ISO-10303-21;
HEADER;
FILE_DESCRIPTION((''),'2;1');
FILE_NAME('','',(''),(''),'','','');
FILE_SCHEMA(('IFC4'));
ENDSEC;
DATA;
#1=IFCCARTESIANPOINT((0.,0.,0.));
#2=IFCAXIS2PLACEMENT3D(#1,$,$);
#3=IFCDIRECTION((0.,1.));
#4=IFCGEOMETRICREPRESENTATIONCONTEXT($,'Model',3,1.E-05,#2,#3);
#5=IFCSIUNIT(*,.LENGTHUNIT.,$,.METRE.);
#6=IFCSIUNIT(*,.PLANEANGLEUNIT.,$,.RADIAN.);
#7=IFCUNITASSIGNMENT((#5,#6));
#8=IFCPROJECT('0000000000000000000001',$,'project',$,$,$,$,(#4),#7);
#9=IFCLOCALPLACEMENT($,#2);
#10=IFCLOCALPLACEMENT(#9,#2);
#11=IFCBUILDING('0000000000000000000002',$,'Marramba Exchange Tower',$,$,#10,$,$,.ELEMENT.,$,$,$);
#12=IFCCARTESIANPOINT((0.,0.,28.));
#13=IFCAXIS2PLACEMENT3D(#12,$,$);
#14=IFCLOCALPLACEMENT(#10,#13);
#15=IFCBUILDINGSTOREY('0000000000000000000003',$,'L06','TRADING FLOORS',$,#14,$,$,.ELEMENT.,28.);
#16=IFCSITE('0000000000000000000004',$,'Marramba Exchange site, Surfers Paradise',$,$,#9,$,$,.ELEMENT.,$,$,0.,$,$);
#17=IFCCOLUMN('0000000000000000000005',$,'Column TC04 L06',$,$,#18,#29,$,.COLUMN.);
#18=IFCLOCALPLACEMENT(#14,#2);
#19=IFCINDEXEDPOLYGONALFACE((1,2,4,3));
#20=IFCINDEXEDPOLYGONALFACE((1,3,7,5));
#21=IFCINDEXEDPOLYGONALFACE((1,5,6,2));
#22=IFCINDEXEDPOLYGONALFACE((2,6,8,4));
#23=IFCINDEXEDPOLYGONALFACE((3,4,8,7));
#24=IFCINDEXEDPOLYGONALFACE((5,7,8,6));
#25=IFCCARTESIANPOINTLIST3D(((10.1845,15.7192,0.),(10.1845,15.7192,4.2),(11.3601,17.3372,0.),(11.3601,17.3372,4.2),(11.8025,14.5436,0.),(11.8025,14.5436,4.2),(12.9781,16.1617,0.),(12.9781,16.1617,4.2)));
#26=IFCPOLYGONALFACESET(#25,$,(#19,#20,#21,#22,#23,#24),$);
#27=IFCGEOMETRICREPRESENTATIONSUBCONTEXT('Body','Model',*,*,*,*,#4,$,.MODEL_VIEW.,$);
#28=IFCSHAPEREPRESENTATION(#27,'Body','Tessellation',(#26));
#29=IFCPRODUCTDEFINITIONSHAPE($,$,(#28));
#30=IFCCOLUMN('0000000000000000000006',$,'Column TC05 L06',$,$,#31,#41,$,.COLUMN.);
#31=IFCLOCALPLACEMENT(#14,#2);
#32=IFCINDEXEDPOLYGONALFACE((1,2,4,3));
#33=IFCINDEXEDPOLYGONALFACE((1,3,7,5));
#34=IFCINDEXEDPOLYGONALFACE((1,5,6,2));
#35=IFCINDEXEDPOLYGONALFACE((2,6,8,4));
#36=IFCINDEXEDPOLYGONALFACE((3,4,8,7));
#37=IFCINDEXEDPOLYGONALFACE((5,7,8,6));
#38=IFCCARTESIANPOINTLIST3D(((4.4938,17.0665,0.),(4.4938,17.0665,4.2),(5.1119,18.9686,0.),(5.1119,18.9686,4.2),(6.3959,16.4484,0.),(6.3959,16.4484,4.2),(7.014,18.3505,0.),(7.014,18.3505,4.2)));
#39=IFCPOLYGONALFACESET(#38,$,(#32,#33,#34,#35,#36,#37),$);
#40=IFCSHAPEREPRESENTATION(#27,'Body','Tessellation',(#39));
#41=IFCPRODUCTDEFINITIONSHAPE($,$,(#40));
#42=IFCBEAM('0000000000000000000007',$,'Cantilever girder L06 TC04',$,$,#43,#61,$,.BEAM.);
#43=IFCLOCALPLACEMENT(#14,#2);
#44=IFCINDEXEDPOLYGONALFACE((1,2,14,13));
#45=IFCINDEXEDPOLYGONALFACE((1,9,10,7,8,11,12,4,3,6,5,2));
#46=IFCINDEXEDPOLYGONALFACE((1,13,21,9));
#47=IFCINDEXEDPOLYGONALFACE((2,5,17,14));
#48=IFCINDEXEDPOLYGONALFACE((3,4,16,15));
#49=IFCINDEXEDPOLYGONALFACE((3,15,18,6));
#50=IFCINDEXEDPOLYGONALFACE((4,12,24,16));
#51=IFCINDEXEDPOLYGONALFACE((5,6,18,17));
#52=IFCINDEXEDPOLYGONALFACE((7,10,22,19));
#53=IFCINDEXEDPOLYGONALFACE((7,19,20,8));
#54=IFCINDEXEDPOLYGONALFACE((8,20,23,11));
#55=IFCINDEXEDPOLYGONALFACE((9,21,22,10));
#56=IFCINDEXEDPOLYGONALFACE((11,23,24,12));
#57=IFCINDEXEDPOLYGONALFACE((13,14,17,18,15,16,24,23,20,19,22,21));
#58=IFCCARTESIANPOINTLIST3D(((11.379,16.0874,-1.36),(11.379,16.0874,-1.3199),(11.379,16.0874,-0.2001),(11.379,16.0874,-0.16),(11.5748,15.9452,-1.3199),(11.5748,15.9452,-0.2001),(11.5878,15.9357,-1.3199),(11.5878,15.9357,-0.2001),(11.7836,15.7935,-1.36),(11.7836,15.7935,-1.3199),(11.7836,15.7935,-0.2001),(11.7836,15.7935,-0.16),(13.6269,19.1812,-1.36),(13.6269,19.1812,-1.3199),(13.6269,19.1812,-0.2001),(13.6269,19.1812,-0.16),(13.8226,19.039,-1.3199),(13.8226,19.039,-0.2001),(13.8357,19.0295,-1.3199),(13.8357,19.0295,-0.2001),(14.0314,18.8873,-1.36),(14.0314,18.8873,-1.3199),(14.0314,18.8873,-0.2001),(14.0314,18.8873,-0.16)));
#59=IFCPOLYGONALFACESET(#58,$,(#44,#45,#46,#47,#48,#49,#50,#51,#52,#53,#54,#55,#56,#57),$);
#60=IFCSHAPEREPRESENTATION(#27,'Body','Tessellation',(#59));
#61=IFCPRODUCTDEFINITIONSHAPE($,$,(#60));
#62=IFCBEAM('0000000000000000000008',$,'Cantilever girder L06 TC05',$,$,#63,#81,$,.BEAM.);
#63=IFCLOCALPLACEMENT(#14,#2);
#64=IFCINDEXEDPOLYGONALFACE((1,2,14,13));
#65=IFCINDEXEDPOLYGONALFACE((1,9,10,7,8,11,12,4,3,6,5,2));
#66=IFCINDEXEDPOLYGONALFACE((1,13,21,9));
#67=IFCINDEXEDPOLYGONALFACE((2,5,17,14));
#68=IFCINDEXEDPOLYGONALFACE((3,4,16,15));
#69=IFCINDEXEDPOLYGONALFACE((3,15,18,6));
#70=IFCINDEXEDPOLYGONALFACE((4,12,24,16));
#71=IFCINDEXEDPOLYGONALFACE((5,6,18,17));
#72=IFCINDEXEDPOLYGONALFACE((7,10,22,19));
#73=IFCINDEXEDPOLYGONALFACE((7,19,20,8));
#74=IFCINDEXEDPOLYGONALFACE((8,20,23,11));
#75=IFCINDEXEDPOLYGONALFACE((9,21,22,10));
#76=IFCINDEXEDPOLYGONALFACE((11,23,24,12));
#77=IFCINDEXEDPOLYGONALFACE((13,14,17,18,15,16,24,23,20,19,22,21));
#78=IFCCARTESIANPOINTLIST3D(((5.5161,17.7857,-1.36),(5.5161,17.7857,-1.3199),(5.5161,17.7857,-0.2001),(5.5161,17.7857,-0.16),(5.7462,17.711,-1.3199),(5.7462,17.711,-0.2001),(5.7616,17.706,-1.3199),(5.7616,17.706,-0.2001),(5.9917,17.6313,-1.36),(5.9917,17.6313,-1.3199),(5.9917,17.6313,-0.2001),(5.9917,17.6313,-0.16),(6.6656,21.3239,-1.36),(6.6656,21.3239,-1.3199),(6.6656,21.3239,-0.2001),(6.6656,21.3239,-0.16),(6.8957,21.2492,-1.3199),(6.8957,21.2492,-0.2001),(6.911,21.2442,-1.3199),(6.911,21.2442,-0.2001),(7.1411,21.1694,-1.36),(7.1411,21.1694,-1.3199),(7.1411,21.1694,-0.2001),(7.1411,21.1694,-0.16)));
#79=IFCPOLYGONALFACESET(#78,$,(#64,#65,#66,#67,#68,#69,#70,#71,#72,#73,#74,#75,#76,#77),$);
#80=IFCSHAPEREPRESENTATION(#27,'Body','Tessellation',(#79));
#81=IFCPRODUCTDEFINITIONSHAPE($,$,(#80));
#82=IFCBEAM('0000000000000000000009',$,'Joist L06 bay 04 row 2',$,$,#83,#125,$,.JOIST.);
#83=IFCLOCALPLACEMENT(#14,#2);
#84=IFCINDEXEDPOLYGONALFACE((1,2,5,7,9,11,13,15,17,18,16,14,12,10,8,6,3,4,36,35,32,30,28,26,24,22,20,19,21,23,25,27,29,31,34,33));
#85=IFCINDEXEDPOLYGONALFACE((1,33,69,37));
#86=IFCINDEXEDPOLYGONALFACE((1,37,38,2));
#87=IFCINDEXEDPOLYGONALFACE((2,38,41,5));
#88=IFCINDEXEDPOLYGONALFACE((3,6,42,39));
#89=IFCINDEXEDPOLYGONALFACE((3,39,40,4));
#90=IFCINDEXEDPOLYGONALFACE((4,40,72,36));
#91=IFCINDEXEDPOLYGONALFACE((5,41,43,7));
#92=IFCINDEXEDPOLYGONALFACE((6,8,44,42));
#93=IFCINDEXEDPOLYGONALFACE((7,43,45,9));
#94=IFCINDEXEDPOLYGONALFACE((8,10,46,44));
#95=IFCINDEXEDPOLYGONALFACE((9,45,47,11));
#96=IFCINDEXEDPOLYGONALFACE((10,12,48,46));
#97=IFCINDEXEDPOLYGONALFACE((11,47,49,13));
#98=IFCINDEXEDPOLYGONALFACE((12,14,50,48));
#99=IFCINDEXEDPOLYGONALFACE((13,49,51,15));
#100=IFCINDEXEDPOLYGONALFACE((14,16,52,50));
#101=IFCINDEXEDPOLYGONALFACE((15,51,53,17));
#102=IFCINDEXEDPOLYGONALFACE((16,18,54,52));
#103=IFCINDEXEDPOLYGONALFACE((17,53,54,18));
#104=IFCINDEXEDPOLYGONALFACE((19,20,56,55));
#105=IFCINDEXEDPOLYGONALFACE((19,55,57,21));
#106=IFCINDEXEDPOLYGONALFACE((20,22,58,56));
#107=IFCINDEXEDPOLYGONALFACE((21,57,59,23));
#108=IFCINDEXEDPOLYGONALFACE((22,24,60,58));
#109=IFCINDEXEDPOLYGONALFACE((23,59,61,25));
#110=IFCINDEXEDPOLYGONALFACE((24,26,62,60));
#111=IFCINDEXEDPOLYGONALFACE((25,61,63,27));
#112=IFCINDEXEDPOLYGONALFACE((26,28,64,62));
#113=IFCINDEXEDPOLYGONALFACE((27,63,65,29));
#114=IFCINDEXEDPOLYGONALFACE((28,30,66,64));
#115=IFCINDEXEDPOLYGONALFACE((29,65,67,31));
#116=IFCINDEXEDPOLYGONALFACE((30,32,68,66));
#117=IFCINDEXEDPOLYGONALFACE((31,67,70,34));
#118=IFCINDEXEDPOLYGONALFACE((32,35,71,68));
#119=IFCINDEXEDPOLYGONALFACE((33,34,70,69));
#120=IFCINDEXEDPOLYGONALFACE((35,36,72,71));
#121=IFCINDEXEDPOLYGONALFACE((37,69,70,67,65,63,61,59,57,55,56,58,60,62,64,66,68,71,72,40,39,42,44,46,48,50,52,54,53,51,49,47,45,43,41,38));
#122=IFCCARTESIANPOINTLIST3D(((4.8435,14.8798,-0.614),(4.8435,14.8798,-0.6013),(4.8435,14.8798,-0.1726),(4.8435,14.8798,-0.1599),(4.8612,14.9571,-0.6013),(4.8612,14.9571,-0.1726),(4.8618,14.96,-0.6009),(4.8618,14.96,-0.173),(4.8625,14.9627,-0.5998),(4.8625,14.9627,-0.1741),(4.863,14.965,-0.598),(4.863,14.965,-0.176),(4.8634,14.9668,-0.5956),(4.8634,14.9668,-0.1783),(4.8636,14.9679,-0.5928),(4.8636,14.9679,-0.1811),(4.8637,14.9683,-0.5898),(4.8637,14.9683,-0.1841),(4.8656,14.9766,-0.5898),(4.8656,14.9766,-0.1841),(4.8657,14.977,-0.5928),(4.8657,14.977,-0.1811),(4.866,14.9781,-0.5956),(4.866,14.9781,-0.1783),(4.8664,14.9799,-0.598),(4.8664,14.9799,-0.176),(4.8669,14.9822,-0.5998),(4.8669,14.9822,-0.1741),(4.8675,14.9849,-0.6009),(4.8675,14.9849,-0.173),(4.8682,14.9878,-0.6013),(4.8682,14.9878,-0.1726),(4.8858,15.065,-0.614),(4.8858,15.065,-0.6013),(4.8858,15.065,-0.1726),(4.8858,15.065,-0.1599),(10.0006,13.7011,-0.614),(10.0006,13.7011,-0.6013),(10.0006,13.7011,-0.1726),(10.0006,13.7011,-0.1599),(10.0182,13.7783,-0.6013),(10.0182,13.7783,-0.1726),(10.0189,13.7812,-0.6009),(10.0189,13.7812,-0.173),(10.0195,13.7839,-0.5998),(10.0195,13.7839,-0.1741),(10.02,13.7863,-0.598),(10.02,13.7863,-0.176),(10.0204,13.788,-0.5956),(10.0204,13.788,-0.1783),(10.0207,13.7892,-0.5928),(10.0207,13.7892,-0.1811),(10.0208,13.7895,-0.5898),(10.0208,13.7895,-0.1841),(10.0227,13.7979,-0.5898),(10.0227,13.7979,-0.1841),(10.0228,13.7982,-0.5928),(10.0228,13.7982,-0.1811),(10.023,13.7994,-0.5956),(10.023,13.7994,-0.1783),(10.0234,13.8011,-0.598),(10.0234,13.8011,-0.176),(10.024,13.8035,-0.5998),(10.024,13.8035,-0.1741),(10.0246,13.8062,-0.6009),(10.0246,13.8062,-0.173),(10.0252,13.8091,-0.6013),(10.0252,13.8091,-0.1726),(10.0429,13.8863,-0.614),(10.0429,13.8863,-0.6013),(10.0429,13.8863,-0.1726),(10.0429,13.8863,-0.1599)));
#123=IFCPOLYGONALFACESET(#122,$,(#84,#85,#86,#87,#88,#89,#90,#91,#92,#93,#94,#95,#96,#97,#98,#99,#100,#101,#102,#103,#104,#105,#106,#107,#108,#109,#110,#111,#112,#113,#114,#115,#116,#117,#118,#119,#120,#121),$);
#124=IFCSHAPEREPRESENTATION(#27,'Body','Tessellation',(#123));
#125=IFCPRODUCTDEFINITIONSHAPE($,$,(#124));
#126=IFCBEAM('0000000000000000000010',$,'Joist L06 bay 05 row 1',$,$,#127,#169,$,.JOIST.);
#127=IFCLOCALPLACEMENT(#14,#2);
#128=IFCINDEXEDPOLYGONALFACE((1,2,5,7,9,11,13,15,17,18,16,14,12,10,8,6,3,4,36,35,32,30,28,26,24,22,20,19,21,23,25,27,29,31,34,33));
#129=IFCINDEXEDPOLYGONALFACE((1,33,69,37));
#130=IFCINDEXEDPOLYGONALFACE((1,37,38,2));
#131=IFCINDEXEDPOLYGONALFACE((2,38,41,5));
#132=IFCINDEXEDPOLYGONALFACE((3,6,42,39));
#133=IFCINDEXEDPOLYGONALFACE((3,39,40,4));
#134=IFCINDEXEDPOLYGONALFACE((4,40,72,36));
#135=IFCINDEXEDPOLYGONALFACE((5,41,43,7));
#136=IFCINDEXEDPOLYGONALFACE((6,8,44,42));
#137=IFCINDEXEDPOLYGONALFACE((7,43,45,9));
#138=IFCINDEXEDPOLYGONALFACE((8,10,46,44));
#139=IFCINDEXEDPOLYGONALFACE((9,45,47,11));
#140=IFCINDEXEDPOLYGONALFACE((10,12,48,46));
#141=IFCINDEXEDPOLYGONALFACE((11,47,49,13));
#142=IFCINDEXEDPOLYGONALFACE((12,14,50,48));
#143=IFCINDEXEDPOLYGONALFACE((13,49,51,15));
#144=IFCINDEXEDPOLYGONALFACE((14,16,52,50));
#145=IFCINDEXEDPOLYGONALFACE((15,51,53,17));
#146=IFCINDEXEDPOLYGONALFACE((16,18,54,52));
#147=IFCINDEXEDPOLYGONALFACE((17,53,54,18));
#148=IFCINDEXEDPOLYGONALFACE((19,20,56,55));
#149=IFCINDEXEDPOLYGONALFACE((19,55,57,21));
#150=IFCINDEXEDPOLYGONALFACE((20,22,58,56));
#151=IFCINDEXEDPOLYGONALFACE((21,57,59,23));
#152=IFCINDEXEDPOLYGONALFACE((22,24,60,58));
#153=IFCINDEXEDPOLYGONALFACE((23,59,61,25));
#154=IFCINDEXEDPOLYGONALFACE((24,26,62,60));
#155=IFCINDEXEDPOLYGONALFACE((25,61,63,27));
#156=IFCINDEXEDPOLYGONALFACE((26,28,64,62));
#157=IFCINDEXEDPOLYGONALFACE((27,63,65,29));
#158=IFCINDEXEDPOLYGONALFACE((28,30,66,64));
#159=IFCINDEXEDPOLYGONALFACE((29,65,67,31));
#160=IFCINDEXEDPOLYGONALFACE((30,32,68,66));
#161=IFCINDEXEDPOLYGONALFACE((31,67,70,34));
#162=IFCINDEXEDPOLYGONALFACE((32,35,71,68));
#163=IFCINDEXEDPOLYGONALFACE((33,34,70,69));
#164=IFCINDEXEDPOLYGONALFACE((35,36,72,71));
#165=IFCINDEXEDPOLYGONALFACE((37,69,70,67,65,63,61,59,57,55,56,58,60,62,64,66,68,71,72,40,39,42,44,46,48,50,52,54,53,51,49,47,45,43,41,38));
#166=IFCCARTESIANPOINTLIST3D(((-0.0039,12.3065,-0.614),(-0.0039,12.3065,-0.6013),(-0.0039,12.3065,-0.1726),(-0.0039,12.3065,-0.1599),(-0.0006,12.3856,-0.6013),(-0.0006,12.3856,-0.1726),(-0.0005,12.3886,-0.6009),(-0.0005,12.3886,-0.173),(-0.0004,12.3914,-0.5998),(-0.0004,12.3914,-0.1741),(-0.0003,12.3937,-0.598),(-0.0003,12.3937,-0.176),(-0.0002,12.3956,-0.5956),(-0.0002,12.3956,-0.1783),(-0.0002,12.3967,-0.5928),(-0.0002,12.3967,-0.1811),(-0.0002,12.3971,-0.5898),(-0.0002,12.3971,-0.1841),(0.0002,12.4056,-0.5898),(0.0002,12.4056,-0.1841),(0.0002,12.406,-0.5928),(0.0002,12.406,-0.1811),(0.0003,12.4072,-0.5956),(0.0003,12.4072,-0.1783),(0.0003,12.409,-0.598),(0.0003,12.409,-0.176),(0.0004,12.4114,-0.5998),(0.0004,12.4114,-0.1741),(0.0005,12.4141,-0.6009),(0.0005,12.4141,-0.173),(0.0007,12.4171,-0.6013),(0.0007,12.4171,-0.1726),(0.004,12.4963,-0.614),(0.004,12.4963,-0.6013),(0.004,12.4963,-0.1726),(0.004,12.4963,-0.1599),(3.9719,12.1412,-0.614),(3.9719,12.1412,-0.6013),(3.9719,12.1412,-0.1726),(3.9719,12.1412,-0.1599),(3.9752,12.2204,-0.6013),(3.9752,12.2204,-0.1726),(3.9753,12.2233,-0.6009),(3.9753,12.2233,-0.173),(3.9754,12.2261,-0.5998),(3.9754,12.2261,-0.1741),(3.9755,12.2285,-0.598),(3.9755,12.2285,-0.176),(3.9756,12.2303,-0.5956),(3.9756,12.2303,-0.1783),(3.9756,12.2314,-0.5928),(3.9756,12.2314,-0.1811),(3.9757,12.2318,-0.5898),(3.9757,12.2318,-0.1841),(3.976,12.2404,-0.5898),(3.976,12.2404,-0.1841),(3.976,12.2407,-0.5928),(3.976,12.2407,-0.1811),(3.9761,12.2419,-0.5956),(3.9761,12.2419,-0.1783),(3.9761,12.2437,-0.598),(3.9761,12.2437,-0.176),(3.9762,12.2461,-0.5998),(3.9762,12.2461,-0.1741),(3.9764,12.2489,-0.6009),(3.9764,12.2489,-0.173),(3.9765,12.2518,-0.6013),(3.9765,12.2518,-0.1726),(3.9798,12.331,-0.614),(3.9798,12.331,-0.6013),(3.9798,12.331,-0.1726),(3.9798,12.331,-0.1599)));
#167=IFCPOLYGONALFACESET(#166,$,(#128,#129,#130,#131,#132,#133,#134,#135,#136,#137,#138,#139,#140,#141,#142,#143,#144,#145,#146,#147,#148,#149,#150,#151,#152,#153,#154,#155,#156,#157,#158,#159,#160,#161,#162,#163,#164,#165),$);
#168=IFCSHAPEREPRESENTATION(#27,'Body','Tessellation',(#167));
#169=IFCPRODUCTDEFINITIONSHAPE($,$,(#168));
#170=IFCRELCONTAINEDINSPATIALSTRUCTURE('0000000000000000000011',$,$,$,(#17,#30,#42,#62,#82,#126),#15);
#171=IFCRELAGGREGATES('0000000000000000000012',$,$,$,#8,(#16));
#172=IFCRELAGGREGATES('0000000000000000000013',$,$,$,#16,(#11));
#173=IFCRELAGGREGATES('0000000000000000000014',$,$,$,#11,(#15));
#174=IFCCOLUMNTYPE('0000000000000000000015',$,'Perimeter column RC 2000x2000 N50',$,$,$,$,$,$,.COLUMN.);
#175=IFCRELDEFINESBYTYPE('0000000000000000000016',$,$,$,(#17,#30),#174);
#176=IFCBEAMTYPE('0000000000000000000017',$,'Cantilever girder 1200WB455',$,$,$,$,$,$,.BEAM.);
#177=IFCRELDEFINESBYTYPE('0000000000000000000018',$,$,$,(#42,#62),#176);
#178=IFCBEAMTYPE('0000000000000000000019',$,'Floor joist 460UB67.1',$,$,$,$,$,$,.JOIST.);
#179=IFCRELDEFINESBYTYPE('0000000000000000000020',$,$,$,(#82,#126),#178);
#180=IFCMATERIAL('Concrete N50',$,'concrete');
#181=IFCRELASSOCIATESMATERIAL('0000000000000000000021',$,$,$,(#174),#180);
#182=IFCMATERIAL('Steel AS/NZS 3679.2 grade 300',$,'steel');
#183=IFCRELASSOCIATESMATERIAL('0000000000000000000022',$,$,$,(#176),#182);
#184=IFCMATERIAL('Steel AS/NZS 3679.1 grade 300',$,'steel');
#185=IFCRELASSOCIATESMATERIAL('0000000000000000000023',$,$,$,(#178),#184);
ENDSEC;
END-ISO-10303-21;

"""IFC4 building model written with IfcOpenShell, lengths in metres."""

from ifc_helpers import new_model, si_unit, direction, frame, origin, origin_2d, place, context, subcontext, project, spatial, rectangle, i_section, extrude, material, material_profile, profile_set, type_object, element, save


model = new_model("IFC4")

# Units and contexts
model_context = context("Model", 3, precision=1e-05, world=origin(), true_north=direction((0.0, 1.0)))
body_context = subcontext(model_context, "Body", "Model", "MODEL_VIEW")
ifc_project = project(units=[si_unit("LENGTHUNIT", "METRE"), si_unit("PLANEANGLEUNIT", "RADIAN")], contexts=[model_context])

# Site, building, storey
site_placement = place(None, origin())
site = spatial("IfcSite", under=ifc_project, at=site_placement, Name="Marramba Exchange site, Surfers Paradise", CompositionType="ELEMENT", RefElevation=0.0)
building_placement = place(site_placement, origin())
building = spatial("IfcBuilding", under=site, at=building_placement, Name="Marramba Exchange Tower", CompositionType="ELEMENT")
storey_placement = place(building_placement, frame((0.0, 0.0, 28.0)))
storey = spatial("IfcBuildingStorey", under=building, at=storey_placement, Name="L06", Description="TRADING FLOORS", CompositionType="ELEMENT", Elevation=28.0)

# Columns
ifc_material_1 = material(Name="Concrete N50", Category="concrete")
ifc_material_profile_1 = material_profile(ifc_material_1, rectangle(XDim=2.0, YDim=2.0, at=origin_2d()), Name="RC 2000x2000")
ifc_profile_set_1 = profile_set([ifc_material_profile_1], Name="Concrete N50")
column_type = type_object("IfcColumnType", Name="Perimeter column RC 2000x2000 N50", PredefinedType="COLUMN", material=ifc_profile_set_1)
for number, where, z_axis, x_axis, name in (
    (1, (11.5813, 15.9404, 0.0), (0.0, 0.0, 1.0), (0.587785, 0.809017, 0.0), "Column TC04 L06"),
    (2, (5.7539, 17.7085, 0.0), (0.0, 0.0, 1.0), (0.309017, 0.951057, 0.0), "Column TC05 L06"),
):
    element("IfcColumn", number, at=place(storey_placement, frame(where, z_axis=z_axis, x_axis=x_axis)), inside=storey, type_object=column_type, Name=name, PredefinedType="COLUMN", context=body_context, shape_type="SweptSolid", body=[
        extrude(rectangle(XDim=2.0, YDim=2.0, at=origin_2d()), origin(), (0.0, 0.0, 1.0), 4.2),
    ])

# Beams
ifc_material_2 = material(Name="Steel AS/NZS 3679.2 grade 300", Category="steel")
ifc_material_profile_2 = material_profile(ifc_material_2, i_section(OverallWidth=0.5, OverallDepth=1.2, WebThickness=0.0161, FlangeThickness=0.04, at=origin_2d()), Name="1200WB455")
ifc_profile_set_2 = profile_set([ifc_material_profile_2], Name="Steel AS/NZS 3679.2 grade 300")
beam_type_1 = type_object("IfcBeamType", Name="Cantilever girder 1200WB455", PredefinedType="BEAM", material=ifc_profile_set_2)
beam_1_placement = place(storey_placement, frame((11.5813, 15.9404, -0.76), z_axis=(0.587796, 0.809009, 0.0), x_axis=(-0.809009, 0.587796, 0.0)))
element("IfcBeam", 3, at=beam_1_placement, inside=storey, type_object=beam_type_1, Name="Cantilever girder L06 TC04", PredefinedType="BEAM", context=body_context, shape_type="SweptSolid", body=[
    extrude(i_section(OverallWidth=0.5, OverallDepth=1.2, WebThickness=0.0161, FlangeThickness=0.04, at=origin_2d()), origin(), (0.0, 0.0, 1.0), 3.8242),
])
beam_2_placement = place(storey_placement, frame((5.7539, 17.7085, -0.76), z_axis=(0.308973, 0.951071, 0.0), x_axis=(-0.951071, 0.308973, 0.0)))
element("IfcBeam", 4, at=beam_2_placement, inside=storey, type_object=beam_type_1, Name="Cantilever girder L06 TC05", PredefinedType="BEAM", context=body_context, shape_type="SweptSolid", body=[
    extrude(i_section(OverallWidth=0.5, OverallDepth=1.2, WebThickness=0.0161, FlangeThickness=0.04, at=origin_2d()), origin(), (0.0, 0.0, 1.0), 3.7202),
])
ifc_material_3 = material(Name="Steel AS/NZS 3679.1 grade 300", Category="steel")
ifc_material_profile_3 = material_profile(ifc_material_3, i_section(OverallWidth=0.1899, OverallDepth=0.4541, WebThickness=0.0085, FlangeThickness=0.0127, FilletRadius=0.0115, at=origin_2d()), Name="460UB67.1")
ifc_profile_set_3 = profile_set([ifc_material_profile_3], Name="Steel AS/NZS 3679.1 grade 300")
beam_type_2 = type_object("IfcBeamType", Name="Floor joist 460UB67.1", PredefinedType="JOIST", material=ifc_profile_set_3)
beam_3_placement = place(storey_placement, frame((10.0217, 13.7937, -0.387), z_axis=(-0.97486, 0.22282, 0.0), x_axis=(-0.22282, -0.97486, 0.0)))
element("IfcBeam", 5, at=beam_3_placement, inside=storey, type_object=beam_type_2, Name="Joist L06 bay 04 row 2", PredefinedType="JOIST", context=body_context, shape_type="SweptSolid", body=[
    extrude(i_section(OverallWidth=0.1899, OverallDepth=0.4541, WebThickness=0.0085, FlangeThickness=0.0127, FilletRadius=0.0115, at=origin_2d()), origin(), (0.0, 0.0, 1.0), 5.29),
])
beam_4_placement = place(storey_placement, frame((3.9758, 12.2361, -0.387), z_axis=(-0.999137, 0.041536, 0.0), x_axis=(-0.041536, -0.999137, 0.0)))
element("IfcBeam", 6, at=beam_4_placement, inside=storey, type_object=beam_type_2, Name="Joist L06 bay 05 row 1", PredefinedType="JOIST", context=body_context, shape_type="SweptSolid", body=[
    extrude(i_section(OverallWidth=0.1899, OverallDepth=0.4541, WebThickness=0.0085, FlangeThickness=0.0127, FilletRadius=0.0115, at=origin_2d()), origin(), (0.0, 0.0, 1.0), 3.9792),
])

save(model, "model.ifc")
